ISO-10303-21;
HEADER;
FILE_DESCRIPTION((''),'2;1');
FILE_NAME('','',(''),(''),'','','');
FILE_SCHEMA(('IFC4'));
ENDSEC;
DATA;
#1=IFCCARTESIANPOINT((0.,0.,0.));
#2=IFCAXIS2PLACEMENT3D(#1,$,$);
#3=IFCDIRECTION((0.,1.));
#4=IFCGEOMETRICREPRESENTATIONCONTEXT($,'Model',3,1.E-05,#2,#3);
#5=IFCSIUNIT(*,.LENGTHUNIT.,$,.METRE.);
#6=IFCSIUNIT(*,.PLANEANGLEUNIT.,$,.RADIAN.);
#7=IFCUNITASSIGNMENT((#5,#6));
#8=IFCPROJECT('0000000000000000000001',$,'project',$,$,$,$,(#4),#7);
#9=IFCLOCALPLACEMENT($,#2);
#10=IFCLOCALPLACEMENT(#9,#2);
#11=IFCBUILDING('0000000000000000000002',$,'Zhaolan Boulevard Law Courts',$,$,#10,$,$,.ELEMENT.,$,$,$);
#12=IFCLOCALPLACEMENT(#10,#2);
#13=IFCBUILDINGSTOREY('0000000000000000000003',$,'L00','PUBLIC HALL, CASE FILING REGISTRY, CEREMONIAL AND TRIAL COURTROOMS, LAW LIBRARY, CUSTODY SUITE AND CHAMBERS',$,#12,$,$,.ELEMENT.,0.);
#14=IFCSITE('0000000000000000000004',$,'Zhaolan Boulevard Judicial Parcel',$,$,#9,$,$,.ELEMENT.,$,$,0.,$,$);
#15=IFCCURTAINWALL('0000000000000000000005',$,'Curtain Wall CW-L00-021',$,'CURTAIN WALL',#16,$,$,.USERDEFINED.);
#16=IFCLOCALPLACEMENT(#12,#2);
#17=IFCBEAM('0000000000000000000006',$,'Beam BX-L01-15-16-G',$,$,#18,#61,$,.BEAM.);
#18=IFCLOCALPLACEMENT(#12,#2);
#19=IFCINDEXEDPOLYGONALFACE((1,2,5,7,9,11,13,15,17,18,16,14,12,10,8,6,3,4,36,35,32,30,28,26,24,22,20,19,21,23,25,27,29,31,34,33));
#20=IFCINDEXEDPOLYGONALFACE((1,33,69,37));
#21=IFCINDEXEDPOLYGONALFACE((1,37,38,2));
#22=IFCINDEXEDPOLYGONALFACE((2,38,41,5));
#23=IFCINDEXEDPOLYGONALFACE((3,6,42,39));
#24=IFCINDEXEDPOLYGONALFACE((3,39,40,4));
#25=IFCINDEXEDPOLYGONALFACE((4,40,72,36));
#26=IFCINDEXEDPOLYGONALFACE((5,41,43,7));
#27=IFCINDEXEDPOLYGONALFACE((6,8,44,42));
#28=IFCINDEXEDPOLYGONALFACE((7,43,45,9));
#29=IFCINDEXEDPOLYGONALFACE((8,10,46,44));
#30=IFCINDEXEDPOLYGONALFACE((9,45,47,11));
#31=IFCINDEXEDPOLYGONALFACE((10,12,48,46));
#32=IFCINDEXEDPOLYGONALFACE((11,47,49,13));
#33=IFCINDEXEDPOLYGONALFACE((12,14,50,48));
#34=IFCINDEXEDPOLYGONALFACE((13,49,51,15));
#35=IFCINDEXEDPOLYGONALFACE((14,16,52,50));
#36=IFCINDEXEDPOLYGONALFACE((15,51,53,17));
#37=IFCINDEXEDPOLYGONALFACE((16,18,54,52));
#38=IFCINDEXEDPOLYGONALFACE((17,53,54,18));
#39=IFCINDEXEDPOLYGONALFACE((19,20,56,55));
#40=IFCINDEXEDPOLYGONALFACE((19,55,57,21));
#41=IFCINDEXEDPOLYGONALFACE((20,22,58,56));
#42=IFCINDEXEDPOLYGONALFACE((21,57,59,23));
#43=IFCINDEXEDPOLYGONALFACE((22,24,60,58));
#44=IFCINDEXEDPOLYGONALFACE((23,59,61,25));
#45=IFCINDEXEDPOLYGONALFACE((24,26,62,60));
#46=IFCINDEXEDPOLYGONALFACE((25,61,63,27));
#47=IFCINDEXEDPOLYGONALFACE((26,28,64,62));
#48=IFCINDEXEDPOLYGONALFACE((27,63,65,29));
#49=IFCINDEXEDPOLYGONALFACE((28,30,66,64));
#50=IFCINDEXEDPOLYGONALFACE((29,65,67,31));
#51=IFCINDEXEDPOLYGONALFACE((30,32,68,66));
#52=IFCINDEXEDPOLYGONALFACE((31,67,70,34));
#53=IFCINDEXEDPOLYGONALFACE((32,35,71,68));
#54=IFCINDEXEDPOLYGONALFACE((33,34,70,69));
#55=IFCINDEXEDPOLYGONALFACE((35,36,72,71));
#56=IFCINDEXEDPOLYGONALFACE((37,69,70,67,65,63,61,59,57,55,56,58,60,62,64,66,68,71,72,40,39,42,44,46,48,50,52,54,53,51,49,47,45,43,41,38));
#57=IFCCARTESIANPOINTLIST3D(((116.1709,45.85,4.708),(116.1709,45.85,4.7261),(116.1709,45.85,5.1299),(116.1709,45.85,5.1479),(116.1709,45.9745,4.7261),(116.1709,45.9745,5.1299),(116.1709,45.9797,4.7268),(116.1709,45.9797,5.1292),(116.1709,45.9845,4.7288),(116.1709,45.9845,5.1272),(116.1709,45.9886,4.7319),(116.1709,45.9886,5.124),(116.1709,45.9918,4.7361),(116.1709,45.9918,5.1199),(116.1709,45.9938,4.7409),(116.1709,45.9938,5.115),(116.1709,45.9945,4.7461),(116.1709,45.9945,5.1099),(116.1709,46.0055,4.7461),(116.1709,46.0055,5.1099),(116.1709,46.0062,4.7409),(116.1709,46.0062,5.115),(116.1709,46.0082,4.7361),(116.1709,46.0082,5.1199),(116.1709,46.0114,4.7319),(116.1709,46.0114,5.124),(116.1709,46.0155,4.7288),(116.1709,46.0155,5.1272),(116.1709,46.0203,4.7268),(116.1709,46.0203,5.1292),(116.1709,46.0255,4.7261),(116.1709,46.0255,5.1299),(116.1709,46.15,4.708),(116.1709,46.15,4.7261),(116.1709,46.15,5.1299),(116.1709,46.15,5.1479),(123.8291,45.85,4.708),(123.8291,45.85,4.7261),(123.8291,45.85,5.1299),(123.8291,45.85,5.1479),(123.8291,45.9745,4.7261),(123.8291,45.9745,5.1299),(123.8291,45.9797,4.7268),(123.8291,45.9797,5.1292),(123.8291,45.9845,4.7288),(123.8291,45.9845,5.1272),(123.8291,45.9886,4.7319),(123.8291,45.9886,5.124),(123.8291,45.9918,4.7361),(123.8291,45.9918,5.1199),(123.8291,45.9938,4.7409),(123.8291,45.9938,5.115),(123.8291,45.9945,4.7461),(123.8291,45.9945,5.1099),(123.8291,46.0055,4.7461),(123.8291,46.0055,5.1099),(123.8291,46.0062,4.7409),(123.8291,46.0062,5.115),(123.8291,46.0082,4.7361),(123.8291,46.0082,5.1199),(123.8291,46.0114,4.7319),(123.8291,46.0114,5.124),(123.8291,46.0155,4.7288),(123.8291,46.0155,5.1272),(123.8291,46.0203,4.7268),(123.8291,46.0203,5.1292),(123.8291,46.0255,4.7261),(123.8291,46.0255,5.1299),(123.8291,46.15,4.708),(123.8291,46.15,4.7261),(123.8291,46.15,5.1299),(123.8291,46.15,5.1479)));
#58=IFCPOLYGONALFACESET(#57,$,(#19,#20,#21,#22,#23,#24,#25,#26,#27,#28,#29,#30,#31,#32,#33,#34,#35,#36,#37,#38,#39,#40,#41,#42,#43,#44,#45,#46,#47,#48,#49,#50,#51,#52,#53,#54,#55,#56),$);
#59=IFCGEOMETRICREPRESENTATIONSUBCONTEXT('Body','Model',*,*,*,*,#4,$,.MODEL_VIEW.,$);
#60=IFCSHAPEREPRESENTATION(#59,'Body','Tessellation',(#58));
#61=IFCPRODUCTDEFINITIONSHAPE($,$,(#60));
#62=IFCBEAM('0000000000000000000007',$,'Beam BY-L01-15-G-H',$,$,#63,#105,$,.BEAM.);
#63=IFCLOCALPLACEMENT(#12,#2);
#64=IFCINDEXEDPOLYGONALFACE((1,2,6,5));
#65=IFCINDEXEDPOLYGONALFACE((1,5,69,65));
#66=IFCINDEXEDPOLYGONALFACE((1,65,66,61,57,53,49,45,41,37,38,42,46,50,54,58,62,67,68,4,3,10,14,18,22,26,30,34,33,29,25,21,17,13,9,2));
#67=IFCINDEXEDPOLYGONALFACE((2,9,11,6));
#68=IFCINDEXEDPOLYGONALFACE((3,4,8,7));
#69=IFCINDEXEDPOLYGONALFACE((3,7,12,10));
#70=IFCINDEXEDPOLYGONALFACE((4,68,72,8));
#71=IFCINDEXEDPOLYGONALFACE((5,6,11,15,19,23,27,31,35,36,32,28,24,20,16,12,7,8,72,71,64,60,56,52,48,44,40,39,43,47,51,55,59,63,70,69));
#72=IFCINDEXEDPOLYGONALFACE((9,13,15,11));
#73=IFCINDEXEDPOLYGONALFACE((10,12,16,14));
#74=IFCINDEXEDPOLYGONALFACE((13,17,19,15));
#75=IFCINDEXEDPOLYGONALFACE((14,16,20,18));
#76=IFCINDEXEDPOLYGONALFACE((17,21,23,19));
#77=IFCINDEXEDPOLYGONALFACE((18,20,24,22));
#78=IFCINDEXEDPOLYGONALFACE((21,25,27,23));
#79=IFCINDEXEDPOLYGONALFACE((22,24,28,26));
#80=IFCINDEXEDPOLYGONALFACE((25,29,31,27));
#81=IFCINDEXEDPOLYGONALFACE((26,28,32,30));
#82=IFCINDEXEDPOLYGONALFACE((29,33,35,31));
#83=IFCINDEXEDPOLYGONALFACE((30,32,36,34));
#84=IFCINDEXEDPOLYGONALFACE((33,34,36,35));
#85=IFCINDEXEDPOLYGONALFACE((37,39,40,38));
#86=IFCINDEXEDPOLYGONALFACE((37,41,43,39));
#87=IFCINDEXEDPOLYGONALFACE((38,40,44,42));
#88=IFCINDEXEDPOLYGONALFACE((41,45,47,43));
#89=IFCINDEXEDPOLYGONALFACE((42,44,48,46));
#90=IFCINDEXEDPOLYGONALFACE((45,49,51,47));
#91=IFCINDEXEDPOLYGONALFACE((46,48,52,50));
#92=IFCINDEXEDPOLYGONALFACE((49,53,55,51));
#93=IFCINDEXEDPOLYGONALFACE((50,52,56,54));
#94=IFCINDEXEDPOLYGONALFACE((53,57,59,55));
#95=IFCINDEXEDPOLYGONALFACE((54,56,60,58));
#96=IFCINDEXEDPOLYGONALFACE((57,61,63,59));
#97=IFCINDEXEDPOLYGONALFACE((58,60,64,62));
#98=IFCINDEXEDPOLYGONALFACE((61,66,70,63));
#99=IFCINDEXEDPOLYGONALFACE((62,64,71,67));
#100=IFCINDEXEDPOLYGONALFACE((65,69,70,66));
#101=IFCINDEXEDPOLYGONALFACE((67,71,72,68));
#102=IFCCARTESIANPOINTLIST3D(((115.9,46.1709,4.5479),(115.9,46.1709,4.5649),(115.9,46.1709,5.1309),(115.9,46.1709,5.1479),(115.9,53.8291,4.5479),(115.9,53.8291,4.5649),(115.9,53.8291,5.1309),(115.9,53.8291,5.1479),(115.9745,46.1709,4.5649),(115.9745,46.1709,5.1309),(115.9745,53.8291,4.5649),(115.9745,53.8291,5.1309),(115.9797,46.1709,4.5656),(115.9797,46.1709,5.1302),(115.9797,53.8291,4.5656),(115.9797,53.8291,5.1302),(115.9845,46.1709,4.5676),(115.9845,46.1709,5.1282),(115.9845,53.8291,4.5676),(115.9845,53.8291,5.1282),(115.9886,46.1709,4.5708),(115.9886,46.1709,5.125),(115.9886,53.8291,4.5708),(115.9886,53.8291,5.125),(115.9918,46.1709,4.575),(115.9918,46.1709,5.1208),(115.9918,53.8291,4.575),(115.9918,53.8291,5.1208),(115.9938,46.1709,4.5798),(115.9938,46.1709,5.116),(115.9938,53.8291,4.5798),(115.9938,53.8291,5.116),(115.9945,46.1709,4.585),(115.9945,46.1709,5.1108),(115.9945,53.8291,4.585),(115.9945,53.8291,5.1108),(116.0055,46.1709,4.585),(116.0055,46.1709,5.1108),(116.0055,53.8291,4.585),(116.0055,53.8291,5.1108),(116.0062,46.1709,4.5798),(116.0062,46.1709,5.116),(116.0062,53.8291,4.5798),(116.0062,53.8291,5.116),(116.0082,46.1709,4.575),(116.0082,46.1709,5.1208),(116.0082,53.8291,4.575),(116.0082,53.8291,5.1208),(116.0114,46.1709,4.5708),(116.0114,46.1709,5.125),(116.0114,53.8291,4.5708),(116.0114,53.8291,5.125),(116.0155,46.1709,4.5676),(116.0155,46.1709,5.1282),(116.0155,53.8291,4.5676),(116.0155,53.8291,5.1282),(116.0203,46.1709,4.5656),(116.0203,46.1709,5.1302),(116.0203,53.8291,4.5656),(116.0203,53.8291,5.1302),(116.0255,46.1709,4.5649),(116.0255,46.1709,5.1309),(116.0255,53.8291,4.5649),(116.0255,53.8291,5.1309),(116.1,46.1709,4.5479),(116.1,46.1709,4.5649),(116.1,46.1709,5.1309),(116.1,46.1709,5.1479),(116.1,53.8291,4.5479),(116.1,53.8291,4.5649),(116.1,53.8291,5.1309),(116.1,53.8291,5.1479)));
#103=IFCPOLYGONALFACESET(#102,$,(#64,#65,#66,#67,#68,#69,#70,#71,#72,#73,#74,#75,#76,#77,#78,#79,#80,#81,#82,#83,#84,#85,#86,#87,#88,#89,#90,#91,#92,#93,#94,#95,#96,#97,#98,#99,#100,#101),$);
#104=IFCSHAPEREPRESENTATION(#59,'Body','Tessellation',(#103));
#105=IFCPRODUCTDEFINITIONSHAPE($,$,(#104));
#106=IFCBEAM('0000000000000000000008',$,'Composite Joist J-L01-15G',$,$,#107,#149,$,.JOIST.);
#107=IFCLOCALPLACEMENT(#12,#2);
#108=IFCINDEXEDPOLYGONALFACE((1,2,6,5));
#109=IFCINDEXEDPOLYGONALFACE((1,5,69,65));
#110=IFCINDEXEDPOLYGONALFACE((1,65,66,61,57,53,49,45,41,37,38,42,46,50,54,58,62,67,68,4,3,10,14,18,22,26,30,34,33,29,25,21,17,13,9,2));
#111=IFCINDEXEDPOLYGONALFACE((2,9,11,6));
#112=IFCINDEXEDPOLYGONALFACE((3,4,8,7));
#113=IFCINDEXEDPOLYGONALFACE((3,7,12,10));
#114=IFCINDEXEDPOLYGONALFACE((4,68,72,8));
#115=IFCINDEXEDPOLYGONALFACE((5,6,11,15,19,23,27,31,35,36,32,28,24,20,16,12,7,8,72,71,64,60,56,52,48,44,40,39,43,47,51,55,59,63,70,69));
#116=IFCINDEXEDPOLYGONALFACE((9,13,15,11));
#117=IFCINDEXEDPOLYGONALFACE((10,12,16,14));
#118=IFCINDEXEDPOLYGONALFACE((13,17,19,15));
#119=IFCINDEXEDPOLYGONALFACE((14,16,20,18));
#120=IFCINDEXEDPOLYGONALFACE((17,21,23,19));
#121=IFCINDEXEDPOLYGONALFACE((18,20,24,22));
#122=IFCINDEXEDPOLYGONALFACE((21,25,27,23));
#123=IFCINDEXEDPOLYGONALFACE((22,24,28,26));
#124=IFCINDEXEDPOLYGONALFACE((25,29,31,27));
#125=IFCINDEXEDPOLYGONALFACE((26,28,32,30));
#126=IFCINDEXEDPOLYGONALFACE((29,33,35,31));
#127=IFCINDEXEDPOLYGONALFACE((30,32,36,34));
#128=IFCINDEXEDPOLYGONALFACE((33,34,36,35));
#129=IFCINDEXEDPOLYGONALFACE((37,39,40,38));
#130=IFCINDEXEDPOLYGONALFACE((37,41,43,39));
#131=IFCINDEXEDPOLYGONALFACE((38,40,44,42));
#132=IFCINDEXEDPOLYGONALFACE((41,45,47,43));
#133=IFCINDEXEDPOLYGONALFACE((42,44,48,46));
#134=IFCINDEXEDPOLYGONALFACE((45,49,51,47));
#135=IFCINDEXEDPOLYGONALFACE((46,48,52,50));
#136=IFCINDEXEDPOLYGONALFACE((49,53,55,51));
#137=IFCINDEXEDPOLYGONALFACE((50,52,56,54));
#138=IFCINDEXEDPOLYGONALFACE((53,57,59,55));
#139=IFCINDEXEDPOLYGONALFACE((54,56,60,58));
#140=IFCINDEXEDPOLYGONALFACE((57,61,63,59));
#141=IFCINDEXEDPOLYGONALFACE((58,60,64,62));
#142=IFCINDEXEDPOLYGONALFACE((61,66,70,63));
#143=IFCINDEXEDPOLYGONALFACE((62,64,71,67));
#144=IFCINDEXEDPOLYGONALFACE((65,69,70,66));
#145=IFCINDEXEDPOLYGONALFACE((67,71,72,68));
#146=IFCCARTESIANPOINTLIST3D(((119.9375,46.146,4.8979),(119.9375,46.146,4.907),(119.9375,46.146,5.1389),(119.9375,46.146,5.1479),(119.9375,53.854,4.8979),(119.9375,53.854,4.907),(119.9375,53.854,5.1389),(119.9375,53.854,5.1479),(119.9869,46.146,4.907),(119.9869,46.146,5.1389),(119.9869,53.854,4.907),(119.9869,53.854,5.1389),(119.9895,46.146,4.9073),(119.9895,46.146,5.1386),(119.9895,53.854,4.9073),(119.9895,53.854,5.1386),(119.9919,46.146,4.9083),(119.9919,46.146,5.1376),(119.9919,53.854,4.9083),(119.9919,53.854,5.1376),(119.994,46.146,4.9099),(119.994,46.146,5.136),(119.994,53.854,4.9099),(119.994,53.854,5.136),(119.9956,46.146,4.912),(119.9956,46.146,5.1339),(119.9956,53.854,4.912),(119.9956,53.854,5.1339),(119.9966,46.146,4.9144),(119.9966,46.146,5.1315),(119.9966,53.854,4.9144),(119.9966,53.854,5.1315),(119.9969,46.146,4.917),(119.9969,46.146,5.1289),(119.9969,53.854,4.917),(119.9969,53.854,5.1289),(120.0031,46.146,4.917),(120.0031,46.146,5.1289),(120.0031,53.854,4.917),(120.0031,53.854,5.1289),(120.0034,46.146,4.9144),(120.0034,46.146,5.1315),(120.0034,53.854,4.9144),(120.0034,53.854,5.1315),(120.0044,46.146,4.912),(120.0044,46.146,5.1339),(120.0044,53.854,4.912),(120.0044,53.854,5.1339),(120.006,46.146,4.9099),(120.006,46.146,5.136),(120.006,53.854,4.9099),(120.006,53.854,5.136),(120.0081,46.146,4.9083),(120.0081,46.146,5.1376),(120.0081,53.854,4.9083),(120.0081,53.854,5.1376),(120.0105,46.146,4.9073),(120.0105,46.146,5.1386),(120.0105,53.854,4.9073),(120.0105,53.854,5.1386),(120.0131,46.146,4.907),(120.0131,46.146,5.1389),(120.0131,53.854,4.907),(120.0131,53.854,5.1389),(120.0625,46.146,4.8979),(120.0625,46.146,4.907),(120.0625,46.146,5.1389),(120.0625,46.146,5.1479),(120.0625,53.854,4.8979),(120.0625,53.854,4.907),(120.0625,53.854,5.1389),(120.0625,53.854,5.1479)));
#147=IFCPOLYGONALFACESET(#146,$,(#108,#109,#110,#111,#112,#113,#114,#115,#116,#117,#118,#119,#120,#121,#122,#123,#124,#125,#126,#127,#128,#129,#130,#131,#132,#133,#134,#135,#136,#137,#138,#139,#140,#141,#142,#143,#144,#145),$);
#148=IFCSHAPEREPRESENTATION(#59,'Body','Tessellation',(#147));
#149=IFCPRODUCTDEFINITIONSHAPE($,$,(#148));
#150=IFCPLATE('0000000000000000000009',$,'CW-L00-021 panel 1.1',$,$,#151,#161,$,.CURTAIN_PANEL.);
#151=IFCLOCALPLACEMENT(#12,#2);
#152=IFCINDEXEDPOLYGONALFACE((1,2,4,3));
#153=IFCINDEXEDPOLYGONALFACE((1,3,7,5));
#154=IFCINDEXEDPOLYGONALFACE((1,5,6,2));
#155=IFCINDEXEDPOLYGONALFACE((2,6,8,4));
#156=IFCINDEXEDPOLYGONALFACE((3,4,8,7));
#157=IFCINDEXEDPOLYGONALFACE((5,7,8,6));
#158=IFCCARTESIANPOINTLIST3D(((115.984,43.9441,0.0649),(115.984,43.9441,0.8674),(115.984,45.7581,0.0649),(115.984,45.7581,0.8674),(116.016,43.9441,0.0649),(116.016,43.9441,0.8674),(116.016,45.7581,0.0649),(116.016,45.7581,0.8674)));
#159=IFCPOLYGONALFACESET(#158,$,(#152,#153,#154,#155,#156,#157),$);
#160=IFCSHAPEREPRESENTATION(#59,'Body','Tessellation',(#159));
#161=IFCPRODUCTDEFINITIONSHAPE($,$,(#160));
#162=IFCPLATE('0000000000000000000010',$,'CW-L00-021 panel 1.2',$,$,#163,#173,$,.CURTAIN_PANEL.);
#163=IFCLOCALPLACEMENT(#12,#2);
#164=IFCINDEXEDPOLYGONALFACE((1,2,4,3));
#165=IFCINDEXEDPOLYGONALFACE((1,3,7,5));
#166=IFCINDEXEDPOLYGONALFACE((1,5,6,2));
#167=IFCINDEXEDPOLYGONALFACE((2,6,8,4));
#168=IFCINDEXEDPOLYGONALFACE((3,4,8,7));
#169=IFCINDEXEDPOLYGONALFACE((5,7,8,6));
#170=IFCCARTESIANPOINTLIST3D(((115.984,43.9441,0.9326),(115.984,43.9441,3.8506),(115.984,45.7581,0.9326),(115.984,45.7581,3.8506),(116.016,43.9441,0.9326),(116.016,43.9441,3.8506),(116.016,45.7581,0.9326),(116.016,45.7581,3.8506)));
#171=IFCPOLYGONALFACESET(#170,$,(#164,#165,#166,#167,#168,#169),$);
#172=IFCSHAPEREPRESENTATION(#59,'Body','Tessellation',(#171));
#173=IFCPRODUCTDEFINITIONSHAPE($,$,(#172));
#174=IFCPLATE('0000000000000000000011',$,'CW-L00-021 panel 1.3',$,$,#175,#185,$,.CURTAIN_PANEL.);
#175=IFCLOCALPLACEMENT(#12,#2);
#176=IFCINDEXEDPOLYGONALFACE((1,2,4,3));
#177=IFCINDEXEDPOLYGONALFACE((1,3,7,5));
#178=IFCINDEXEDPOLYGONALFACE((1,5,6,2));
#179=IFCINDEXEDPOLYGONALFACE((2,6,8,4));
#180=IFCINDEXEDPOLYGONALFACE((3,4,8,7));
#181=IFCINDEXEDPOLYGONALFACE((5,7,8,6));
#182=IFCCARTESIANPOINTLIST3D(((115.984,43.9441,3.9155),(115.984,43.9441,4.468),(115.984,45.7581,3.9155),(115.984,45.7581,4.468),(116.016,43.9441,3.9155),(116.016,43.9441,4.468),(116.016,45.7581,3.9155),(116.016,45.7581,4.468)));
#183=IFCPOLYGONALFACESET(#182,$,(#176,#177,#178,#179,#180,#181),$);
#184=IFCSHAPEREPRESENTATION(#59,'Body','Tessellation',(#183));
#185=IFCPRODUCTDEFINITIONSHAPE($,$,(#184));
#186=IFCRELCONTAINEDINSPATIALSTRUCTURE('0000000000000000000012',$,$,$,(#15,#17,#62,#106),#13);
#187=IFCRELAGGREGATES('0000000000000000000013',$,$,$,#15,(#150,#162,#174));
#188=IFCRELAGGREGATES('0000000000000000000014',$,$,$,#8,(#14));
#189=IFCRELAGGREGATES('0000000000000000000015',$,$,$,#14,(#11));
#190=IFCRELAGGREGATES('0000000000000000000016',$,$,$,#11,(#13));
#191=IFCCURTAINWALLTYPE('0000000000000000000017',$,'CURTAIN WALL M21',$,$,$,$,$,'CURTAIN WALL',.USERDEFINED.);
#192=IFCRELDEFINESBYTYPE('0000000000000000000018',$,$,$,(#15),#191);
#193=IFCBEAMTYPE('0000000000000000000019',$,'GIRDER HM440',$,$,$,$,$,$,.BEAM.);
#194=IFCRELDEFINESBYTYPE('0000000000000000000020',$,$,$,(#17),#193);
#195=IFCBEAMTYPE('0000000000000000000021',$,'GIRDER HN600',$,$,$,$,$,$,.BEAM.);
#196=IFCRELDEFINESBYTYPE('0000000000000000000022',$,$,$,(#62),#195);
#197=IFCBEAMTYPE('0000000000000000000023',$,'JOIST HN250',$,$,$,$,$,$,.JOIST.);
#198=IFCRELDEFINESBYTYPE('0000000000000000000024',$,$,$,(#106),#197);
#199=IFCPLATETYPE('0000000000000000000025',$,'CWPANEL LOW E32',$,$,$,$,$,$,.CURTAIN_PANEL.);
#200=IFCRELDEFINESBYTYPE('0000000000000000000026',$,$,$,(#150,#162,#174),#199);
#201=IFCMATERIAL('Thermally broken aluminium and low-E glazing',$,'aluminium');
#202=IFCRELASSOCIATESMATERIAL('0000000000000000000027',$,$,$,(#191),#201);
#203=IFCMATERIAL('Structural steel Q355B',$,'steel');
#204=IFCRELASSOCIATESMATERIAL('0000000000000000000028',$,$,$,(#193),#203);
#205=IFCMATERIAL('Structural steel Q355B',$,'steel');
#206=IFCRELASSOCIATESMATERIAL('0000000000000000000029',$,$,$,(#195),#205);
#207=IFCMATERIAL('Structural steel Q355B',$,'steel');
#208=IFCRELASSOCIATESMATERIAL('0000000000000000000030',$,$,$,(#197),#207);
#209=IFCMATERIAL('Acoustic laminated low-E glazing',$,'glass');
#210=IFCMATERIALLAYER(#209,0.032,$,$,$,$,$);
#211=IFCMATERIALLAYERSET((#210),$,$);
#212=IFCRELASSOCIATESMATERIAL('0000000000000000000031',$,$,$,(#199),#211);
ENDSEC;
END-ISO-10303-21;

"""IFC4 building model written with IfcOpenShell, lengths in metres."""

from ifc_helpers import new_model, si_unit, direction, frame, origin, origin_2d, place, context, subcontext, project, spatial, rectangle, i_section, extrude, material, layer, layer_set, material_profile, profile_set, type_object, element, aggregate, save


model = new_model("IFC4")

# Units and contexts
model_context = context("Model", 3, precision=1e-05, world=origin(), true_north=direction((0.0, 1.0)))
body_context = subcontext(model_context, "Body", "Model", "MODEL_VIEW")
ifc_project = project(units=[si_unit("LENGTHUNIT", "METRE"), si_unit("PLANEANGLEUNIT", "RADIAN")], contexts=[model_context])

# Site, building, storey
site_placement = place(None, origin())
site = spatial("IfcSite", under=ifc_project, at=site_placement, Name="Zhaolan Boulevard Judicial Parcel", CompositionType="ELEMENT", RefElevation=0.0)
building_placement = place(site_placement, origin())
building = spatial("IfcBuilding", under=site, at=building_placement, Name="Zhaolan Boulevard Law Courts", CompositionType="ELEMENT")
storey_placement = place(building_placement, origin())
storey = spatial("IfcBuildingStorey", under=building, at=storey_placement, Name="L00", Description="PUBLIC HALL, CASE FILING REGISTRY, CEREMONIAL AND TRIAL COURTROOMS, LAW LIBRARY, CUSTODY SUITE AND CHAMBERS", CompositionType="ELEMENT", Elevation=0.0)

# Curtain wall
ifc_material_1 = material(Name="Thermally broken aluminium and low-E glazing", Category="aluminium")
curtain_wall_type_1 = type_object("IfcCurtainWallType", Name="CURTAIN WALL M21", ElementType="CURTAIN WALL", PredefinedType="USERDEFINED", material=ifc_material_1)
curtain_wall_1_placement = place(storey_placement, origin())
curtain_wall_1 = element("IfcCurtainWall", 1, at=curtain_wall_1_placement, inside=storey, type_object=curtain_wall_type_1, Name="Curtain Wall CW-L00-021", ObjectType="CURTAIN WALL", PredefinedType="USERDEFINED")

# Beams
ifc_material_2 = material(Name="Structural steel Q355B", Category="steel")
ifc_material_profile_1 = material_profile(ifc_material_2, i_section(OverallWidth=0.3, OverallDepth=0.4399, WebThickness=0.011, FlangeThickness=0.0181, FilletRadius=0.02, at=origin_2d()), Name="HM440x300")
ifc_profile_set_1 = profile_set([ifc_material_profile_1], Name="Structural steel Q355B")
beam_type_1 = type_object("IfcBeamType", Name="GIRDER HM440", PredefinedType="BEAM", material=ifc_profile_set_1)
beam_1_placement = place(storey_placement, frame((116.1709, 46.0, 4.928), z_axis=(1.0, 0.0, 0.0), x_axis=(0.0, 1.0, 0.0)))
element("IfcBeam", 2, at=beam_1_placement, inside=storey, type_object=beam_type_1, Name="Beam BX-L01-15-16-G", PredefinedType="BEAM", context=body_context, shape_type="SweptSolid", body=[
    extrude(i_section(OverallWidth=0.3, OverallDepth=0.4399, WebThickness=0.011, FlangeThickness=0.0181, FilletRadius=0.02, at=origin_2d()), origin(), (0.0, 0.0, 1.0), 7.6582),
])
ifc_material_3 = material(Name="Structural steel Q355B", Category="steel")
ifc_material_profile_2 = material_profile(ifc_material_3, i_section(OverallWidth=0.2, OverallDepth=0.6001, WebThickness=0.011, FlangeThickness=0.0171, FilletRadius=0.02, at=origin_2d()), Name="HN600x200")
ifc_profile_set_2 = profile_set([ifc_material_profile_2], Name="Structural steel Q355B")
beam_type_2 = type_object("IfcBeamType", Name="GIRDER HN600", PredefinedType="BEAM", material=ifc_profile_set_2)
beam_2_placement = place(storey_placement, frame((116.0, 46.1709, 4.8479), z_axis=(0.0, 1.0, 0.0), x_axis=(-1.0, 0.0, 0.0)))
element("IfcBeam", 3, at=beam_2_placement, inside=storey, type_object=beam_type_2, Name="Beam BY-L01-15-G-H", PredefinedType="BEAM", context=body_context, shape_type="SweptSolid", body=[
    extrude(i_section(OverallWidth=0.2, OverallDepth=0.6001, WebThickness=0.011, FlangeThickness=0.0171, FilletRadius=0.02, at=origin_2d()), origin(), (0.0, 0.0, 1.0), 7.6582),
])
ifc_material_4 = material(Name="Structural steel Q355B", Category="steel")
ifc_material_profile_3 = material_profile(ifc_material_4, i_section(OverallWidth=0.125, OverallDepth=0.25, WebThickness=0.0061, FlangeThickness=0.009, FilletRadius=0.01, at=origin_2d()), Name="HN250x125")
ifc_profile_set_3 = profile_set([ifc_material_profile_3], Name="Structural steel Q355B")
beam_type_3 = type_object("IfcBeamType", Name="JOIST HN250", PredefinedType="JOIST", material=ifc_profile_set_3)
beam_3_placement = place(storey_placement, frame((120.0, 46.146, 5.0229), z_axis=(0.0, 1.0, 0.0), x_axis=(-1.0, 0.0, 0.0)))
element("IfcBeam", 4, at=beam_3_placement, inside=storey, type_object=beam_type_3, Name="Composite Joist J-L01-15G", PredefinedType="JOIST", context=body_context, shape_type="SweptSolid", body=[
    extrude(i_section(OverallWidth=0.125, OverallDepth=0.25, WebThickness=0.0061, FlangeThickness=0.009, FilletRadius=0.01, at=origin_2d()), origin(), (0.0, 0.0, 1.0), 7.708),
])

# Plates
ifc_material_5 = material(Name="Acoustic laminated low-E glazing", Category="glass")
ifc_layer = layer(ifc_material_5, 0.032)
ifc_layer_set = layer_set([ifc_layer])
plate_type = type_object("IfcPlateType", Name="CWPANEL LOW E32", PredefinedType="CURTAIN_PANEL", material=ifc_layer_set)
plate_1_placement = place(storey_placement, frame((116.0, 44.8511, 0.0649), z_axis=(0.0, 0.0, 1.0), x_axis=(0.0, -1.0, 0.0)))
plate_1 = element("IfcPlate", 5, at=plate_1_placement, type_object=plate_type, Name="CW-L00-021 panel 1.1", PredefinedType="CURTAIN_PANEL", context=body_context, shape_type="SweptSolid", body=[
    extrude(rectangle(XDim=1.814, YDim=0.032, at=origin_2d()), origin(), (0.0, 0.0, 1.0), 0.8025),
])
plate_2_placement = place(storey_placement, frame((116.0, 44.8511, 0.9326), z_axis=(0.0, 0.0, 1.0), x_axis=(0.0, -1.0, 0.0)))
plate_2 = element("IfcPlate", 6, at=plate_2_placement, type_object=plate_type, Name="CW-L00-021 panel 1.2", PredefinedType="CURTAIN_PANEL", context=body_context, shape_type="SweptSolid", body=[
    extrude(rectangle(XDim=1.814, YDim=0.032, at=origin_2d()), origin(), (0.0, 0.0, 1.0), 2.918),
])
plate_3_placement = place(storey_placement, frame((116.0, 44.8511, 3.9155), z_axis=(0.0, 0.0, 1.0), x_axis=(0.0, -1.0, 0.0)))
plate_3 = element("IfcPlate", 7, at=plate_3_placement, type_object=plate_type, Name="CW-L00-021 panel 1.3", PredefinedType="CURTAIN_PANEL", context=body_context, shape_type="SweptSolid", body=[
    extrude(rectangle(XDim=1.814, YDim=0.032, at=origin_2d()), origin(), (0.0, 0.0, 1.0), 0.5525),
])
aggregate(curtain_wall_1, [plate_1, plate_2, plate_3])

save(model, "model.ifc")
